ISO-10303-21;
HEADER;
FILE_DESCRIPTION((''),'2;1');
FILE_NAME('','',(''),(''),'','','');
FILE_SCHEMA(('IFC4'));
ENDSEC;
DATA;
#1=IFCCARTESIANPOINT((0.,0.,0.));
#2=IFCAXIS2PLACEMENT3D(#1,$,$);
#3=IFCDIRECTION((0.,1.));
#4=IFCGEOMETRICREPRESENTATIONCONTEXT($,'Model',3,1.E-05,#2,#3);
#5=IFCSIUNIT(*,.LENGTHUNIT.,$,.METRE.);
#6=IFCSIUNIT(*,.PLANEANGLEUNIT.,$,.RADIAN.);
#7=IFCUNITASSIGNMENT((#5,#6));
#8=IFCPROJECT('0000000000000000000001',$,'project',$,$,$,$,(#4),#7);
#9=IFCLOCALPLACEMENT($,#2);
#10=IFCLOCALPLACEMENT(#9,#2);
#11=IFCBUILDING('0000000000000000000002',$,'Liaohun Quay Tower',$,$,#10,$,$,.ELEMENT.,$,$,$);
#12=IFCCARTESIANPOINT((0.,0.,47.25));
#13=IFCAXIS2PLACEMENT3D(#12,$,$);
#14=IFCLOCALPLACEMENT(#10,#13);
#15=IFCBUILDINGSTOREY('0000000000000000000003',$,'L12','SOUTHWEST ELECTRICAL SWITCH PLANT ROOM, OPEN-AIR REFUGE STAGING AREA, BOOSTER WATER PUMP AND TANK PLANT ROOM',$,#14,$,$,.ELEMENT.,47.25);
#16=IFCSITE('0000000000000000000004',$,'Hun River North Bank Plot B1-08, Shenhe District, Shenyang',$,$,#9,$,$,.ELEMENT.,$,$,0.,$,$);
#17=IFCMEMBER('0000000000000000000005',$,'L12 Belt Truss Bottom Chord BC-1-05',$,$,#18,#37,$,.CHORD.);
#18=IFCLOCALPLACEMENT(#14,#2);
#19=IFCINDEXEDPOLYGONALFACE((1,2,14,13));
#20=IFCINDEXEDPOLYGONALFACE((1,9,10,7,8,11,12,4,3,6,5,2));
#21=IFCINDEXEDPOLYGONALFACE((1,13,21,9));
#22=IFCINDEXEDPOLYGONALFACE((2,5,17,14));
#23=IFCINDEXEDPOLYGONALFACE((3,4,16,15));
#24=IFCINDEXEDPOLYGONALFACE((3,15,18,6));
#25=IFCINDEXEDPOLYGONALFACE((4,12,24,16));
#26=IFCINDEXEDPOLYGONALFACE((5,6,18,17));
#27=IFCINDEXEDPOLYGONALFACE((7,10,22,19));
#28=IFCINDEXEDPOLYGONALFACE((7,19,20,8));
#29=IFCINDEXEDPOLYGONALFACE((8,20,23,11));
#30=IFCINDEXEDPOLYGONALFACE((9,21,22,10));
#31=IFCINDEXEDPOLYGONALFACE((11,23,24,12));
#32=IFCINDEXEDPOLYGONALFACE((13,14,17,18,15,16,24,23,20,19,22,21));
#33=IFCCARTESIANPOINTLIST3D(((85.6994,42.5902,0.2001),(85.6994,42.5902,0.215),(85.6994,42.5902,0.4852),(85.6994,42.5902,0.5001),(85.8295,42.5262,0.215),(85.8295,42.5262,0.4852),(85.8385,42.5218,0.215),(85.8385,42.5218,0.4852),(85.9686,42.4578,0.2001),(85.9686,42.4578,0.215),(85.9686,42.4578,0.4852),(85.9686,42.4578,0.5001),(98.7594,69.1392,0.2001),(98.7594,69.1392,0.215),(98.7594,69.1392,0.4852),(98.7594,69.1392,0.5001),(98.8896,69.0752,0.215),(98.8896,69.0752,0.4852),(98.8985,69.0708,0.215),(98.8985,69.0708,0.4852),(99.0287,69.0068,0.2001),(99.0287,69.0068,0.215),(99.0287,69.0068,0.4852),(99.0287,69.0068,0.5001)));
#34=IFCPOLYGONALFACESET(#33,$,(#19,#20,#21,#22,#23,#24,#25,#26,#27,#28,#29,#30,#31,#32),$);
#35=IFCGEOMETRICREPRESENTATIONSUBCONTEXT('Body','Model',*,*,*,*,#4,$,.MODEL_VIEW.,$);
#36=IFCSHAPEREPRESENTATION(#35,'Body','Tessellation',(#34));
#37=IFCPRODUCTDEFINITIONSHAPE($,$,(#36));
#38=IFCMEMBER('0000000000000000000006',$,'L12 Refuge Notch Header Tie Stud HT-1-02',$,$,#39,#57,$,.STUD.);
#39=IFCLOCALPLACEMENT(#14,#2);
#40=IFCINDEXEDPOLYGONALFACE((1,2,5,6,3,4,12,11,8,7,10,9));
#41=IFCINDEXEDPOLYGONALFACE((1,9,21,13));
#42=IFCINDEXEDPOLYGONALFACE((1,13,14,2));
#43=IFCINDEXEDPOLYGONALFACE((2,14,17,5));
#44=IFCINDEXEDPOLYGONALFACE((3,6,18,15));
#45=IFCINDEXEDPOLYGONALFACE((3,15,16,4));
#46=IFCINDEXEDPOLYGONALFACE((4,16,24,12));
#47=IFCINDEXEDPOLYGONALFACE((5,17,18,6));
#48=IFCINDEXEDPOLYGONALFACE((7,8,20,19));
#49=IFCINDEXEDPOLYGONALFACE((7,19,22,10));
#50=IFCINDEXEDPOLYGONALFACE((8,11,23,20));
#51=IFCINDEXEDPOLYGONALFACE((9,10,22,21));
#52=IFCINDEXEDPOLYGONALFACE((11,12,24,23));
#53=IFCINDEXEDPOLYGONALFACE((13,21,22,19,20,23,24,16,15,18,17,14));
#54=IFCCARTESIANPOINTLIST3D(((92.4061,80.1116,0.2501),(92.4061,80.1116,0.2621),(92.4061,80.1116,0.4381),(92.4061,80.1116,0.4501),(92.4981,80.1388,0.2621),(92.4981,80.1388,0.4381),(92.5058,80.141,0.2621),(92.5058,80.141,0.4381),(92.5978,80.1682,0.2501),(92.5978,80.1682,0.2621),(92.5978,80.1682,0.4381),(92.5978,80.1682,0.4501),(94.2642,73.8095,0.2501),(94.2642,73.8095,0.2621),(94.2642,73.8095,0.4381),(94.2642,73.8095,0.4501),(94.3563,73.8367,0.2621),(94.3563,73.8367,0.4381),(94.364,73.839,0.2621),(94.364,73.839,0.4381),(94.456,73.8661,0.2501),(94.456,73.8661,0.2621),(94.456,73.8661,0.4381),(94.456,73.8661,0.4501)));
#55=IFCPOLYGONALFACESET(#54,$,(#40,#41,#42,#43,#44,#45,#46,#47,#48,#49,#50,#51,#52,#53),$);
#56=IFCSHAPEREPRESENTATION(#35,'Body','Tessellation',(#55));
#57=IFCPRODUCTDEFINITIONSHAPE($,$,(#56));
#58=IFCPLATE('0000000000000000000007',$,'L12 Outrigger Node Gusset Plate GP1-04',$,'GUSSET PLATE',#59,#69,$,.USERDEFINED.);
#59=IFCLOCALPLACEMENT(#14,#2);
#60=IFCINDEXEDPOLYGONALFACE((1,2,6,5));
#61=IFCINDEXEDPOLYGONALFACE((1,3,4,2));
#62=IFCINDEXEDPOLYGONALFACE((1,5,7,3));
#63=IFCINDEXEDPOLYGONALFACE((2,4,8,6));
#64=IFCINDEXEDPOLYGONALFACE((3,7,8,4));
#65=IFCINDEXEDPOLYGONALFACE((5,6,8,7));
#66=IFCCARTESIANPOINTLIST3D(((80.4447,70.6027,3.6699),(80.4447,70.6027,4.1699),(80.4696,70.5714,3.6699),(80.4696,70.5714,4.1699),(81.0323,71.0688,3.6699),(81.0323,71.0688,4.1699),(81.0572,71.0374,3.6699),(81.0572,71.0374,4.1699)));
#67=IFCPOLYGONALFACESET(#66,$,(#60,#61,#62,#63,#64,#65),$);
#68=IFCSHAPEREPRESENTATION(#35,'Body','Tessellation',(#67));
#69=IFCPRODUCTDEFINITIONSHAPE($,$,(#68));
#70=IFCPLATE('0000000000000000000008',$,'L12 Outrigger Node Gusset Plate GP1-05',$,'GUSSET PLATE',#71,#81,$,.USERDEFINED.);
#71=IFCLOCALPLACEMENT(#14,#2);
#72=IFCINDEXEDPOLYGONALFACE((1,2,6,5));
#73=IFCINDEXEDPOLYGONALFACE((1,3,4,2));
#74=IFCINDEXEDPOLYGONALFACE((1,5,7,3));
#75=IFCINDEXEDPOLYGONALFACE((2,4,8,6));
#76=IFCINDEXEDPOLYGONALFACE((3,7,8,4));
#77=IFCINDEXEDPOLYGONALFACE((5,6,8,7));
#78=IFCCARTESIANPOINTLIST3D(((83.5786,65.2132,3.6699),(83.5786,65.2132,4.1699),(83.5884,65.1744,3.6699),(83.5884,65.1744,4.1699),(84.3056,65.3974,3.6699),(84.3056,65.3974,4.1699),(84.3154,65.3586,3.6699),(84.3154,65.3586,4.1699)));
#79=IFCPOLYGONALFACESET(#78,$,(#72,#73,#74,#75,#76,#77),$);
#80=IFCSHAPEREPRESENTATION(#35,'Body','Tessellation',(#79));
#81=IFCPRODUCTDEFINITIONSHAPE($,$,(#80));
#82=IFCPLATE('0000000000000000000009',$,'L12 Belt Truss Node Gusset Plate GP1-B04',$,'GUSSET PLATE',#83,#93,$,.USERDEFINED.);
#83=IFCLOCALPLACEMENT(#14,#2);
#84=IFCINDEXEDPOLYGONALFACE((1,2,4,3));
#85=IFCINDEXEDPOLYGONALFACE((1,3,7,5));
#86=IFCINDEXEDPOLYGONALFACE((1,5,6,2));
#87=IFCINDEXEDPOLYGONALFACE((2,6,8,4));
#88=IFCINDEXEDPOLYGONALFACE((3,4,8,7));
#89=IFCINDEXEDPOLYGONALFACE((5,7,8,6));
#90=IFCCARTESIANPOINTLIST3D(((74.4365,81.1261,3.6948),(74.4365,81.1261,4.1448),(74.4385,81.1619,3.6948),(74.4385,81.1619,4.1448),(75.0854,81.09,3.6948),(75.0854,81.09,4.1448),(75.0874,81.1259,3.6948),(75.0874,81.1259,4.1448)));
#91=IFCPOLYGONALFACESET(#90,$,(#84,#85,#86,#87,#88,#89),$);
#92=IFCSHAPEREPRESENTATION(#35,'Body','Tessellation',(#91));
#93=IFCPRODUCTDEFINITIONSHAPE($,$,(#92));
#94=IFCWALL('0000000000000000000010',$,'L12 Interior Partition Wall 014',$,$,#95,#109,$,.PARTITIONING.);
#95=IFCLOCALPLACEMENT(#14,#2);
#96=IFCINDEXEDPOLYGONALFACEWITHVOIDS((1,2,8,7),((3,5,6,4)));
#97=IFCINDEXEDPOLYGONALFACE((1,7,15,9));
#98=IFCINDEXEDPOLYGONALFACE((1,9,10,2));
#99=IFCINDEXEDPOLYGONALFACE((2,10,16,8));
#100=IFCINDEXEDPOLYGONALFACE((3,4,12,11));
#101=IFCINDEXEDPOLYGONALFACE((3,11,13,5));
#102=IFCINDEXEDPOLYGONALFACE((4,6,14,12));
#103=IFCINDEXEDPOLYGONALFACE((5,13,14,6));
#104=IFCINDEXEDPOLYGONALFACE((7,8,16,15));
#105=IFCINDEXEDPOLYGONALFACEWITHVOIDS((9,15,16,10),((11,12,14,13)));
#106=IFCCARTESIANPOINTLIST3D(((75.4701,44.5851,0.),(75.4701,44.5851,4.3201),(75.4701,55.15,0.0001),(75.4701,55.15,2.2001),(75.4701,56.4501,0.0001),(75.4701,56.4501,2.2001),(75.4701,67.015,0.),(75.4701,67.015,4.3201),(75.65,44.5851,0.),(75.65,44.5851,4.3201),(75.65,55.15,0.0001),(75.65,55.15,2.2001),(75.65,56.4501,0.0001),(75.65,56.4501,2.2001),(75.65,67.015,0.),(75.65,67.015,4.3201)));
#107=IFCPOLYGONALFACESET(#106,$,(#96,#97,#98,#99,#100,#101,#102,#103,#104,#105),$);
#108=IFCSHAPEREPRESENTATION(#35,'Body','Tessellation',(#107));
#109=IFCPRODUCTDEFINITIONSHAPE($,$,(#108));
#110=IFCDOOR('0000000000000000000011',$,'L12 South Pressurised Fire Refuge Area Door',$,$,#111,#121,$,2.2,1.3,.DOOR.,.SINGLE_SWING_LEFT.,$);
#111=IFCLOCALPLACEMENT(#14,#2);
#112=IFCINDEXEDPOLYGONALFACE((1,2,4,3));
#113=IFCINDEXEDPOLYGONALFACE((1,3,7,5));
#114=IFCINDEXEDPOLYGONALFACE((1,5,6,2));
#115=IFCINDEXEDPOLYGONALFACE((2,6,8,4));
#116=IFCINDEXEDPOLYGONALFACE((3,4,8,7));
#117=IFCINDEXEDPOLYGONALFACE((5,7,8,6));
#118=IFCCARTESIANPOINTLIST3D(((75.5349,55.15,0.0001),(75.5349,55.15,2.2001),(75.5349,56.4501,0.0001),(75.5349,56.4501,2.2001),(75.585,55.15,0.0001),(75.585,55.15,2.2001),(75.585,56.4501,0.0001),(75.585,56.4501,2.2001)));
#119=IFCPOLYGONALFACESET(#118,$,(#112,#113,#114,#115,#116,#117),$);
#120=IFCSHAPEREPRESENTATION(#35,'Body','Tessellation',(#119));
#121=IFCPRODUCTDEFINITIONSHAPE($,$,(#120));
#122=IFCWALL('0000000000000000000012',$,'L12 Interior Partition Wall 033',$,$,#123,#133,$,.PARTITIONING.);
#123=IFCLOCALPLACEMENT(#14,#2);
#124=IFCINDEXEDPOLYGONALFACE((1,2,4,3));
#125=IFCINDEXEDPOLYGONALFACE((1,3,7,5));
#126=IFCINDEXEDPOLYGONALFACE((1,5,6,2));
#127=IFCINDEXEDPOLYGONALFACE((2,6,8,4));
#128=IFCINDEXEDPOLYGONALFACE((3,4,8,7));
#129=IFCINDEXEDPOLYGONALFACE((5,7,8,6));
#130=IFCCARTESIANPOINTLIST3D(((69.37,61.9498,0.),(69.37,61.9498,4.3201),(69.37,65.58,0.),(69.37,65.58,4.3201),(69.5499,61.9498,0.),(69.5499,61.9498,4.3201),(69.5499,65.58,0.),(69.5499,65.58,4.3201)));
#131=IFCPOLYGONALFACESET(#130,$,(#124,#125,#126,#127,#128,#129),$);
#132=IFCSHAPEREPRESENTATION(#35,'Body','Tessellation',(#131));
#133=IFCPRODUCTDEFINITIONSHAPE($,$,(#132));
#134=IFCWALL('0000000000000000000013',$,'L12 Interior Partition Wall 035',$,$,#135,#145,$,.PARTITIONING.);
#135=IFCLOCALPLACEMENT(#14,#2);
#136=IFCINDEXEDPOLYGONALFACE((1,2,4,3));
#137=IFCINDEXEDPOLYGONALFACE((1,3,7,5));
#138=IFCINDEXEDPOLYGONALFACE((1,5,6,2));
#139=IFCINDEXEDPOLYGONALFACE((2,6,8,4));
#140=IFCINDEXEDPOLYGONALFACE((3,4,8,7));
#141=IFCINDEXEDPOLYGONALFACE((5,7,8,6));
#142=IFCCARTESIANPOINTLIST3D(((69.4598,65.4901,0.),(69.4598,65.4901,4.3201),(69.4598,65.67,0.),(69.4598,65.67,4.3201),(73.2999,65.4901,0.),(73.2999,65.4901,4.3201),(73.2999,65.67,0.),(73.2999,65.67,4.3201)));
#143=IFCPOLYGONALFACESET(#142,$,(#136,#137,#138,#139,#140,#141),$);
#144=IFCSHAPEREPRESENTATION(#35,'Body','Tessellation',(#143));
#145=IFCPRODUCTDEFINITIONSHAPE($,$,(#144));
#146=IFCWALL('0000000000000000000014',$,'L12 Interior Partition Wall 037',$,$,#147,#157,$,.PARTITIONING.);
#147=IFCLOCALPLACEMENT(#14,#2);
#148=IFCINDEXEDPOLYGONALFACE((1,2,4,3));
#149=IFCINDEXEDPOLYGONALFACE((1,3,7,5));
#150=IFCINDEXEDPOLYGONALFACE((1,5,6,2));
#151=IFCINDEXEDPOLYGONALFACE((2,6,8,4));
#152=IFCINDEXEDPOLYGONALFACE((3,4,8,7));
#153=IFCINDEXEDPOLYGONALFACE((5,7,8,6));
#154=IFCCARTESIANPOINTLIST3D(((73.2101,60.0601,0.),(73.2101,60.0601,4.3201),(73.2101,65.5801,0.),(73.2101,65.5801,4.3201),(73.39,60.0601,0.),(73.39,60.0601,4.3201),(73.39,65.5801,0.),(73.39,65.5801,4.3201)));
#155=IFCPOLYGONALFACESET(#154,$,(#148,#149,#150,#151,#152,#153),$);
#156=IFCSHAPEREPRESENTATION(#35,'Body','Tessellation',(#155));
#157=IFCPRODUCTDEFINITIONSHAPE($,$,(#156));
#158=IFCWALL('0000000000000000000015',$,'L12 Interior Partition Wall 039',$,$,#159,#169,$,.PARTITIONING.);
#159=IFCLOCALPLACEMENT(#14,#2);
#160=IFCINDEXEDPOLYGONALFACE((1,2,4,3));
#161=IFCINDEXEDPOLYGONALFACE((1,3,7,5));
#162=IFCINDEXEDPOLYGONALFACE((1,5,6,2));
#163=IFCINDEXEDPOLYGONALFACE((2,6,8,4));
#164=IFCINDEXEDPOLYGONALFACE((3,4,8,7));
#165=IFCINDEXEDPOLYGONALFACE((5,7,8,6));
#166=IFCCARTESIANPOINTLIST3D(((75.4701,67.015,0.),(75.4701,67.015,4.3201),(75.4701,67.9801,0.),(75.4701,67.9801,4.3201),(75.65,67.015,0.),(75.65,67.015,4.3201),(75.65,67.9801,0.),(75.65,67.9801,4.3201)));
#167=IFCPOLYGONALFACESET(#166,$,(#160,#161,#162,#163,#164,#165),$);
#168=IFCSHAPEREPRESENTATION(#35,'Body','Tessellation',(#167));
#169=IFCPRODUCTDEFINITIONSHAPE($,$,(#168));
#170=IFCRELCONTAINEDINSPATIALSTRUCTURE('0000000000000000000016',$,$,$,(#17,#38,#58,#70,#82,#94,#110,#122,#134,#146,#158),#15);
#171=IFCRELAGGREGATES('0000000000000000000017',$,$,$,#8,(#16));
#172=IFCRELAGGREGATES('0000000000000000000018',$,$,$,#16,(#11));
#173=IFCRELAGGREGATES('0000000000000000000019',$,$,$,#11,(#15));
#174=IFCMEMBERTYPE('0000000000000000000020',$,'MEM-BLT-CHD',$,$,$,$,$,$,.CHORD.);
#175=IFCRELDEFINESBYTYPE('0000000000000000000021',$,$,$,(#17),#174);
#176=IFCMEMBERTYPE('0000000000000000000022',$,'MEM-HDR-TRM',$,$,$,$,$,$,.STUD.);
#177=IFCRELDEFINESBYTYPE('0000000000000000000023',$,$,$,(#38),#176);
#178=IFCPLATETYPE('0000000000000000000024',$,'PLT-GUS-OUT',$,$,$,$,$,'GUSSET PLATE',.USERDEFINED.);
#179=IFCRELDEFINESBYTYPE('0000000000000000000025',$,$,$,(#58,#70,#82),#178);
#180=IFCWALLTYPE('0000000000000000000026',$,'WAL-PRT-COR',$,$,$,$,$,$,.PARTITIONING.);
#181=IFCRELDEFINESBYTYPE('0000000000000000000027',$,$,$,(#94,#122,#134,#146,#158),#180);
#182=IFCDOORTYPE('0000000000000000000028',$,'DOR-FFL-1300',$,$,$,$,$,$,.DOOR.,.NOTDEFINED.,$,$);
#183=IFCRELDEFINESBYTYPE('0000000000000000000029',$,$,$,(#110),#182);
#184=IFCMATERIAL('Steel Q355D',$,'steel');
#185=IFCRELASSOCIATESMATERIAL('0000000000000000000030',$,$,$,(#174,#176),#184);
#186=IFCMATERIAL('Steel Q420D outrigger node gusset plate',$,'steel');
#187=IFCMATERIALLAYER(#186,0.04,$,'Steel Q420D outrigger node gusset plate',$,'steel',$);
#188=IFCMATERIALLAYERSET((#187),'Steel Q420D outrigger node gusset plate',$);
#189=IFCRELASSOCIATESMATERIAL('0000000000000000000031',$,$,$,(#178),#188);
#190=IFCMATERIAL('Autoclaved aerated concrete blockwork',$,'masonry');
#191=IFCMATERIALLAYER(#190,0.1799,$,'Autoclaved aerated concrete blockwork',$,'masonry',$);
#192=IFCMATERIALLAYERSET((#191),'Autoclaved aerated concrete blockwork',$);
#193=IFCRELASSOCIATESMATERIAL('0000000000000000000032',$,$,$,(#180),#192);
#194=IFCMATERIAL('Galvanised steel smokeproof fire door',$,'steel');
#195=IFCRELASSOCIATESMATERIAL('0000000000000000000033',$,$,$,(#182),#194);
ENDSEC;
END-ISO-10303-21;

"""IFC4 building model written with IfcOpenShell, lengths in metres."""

from ifc_helpers import new_model, si_unit, direction, frame, frame_2d, origin, origin_2d, place, context, subcontext, project, spatial, rectangle, i_section, extrude, source, transform, mapped, material, layer, layer_set, material_profile, profile_set, type_object, element, fill, save


model = new_model("IFC4")

# Units and contexts
model_context = context("Model", 3, precision=1e-05, world=origin(), true_north=direction((0.0, 1.0)))
body_context = subcontext(model_context, "Body", "Model", "MODEL_VIEW")
ifc_project = project(units=[si_unit("LENGTHUNIT", "METRE"), si_unit("PLANEANGLEUNIT", "RADIAN")], contexts=[model_context])

# Site, building, storey
site_placement = place(None, origin())
site = spatial("IfcSite", under=ifc_project, at=site_placement, Name="Hun River North Bank Plot B1-08, Shenhe District, Shenyang", CompositionType="ELEMENT", RefElevation=0.0)
building_placement = place(site_placement, origin())
building = spatial("IfcBuilding", under=site, at=building_placement, Name="Liaohun Quay Tower", CompositionType="ELEMENT")
storey_placement = place(building_placement, frame((0.0, 0.0, 47.25)))
storey = spatial("IfcBuildingStorey", under=building, at=storey_placement, Name="L12", Description="SOUTHWEST ELECTRICAL SWITCH PLANT ROOM, OPEN-AIR REFUGE STAGING AREA, BOOSTER WATER PUMP AND TANK PLANT ROOM", CompositionType="ELEMENT", Elevation=47.25)

# Shared definitions
ifc_material_1 = material(Name="Steel Q355D", Category="steel")

# Members
ifc_material_profile_1 = material_profile(ifc_material_1, i_section(OverallWidth=0.3, OverallDepth=0.3, WebThickness=0.01, FlangeThickness=0.0149, at=origin_2d()), Name="HW300x300x10x15")
ifc_profile_set_1 = profile_set([ifc_material_profile_1], Name="Steel Q355D")
member_type_1 = type_object("IfcMemberType", Name="MEM-BLT-CHD", PredefinedType="CHORD", material=ifc_profile_set_1)
shared_shape_1 = source(origin(), body_context, "Body", "SweptSolid", [
    extrude(i_section(OverallWidth=0.3, OverallDepth=0.3, WebThickness=0.01, FlangeThickness=0.0149, at=origin_2d()), origin(), (0.0, 0.0, 1.0), 29.5874),
])
member_1_placement = place(storey_placement, frame((98.894, 69.073, 0.3501), z_axis=(-0.441405, -0.897308, 0.0), x_axis=(0.897308, -0.441405, 0.0)))
element("IfcMember", 1, at=member_1_placement, inside=storey, type_object=member_type_1, Name="L12 Belt Truss Bottom Chord BC-1-05", PredefinedType="CHORD", context=body_context, shape_type="MappedRepresentation", body=[
    mapped(shared_shape_1, transform((0.0, 0.0, 0.0), x_axis=(1.0, 0.0, 0.0), y_axis=(0.0, 1.0, 0.0), z_axis=(0.0, 0.0, 1.0), scale=1.0)),
])
ifc_material_profile_2 = material_profile(ifc_material_1, i_section(OverallWidth=0.2, OverallDepth=0.2, WebThickness=0.0081, FlangeThickness=0.012, at=origin_2d()), Name="HW200x200x8x12")
ifc_profile_set_2 = profile_set([ifc_material_profile_2], Name="Steel Q355D")
member_type_2 = type_object("IfcMemberType", Name="MEM-HDR-TRM", PredefinedType="STUD", material=ifc_profile_set_2)
shared_shape_2 = source(origin(), body_context, "Body", "SweptSolid", [
    extrude(i_section(OverallWidth=0.2, OverallDepth=0.2, WebThickness=0.0081, FlangeThickness=0.012, at=origin_2d()), origin(), (0.0, 0.0, 1.0), 6.5703),
])
member_2_placement = place(storey_placement, frame((92.502, 80.1399, 0.3501), z_axis=(0.282814, -0.959175, 0.0), x_axis=(0.959175, 0.282814, 0.0)))
element("IfcMember", 2, at=member_2_placement, inside=storey, type_object=member_type_2, Name="L12 Refuge Notch Header Tie Stud HT-1-02", PredefinedType="STUD", context=body_context, shape_type="MappedRepresentation", body=[
    mapped(shared_shape_2, transform((0.0, 0.0, 0.0), x_axis=(1.0, 0.0, 0.0), y_axis=(0.0, 1.0, 0.0), z_axis=(0.0, 0.0, 1.0), scale=1.0)),
])

# Plates
ifc_material_2 = material(Name="Steel Q420D outrigger node gusset plate", Category="steel")
ifc_layer_1 = layer(ifc_material_2, 0.04, Name="Steel Q420D outrigger node gusset plate", Category="steel")
ifc_layer_set_1 = layer_set([ifc_layer_1], Name="Steel Q420D outrigger node gusset plate")
plate_type = type_object("IfcPlateType", Name="PLT-GUS-OUT", ElementType="GUSSET PLATE", PredefinedType="USERDEFINED", material=ifc_layer_set_1)
shared_shape_3 = source(origin(), body_context, "Body", "SweptSolid", [
    extrude(rectangle(XDim=0.75, YDim=0.04, at=origin_2d()), origin(), (0.0, 0.0, 1.0), 0.5),
])
for number, where, z_axis, x_axis, name in (
    (3, (80.751, 70.8201, 3.6699), (0.0, 0.0, 1.0), (0.783477, 0.621421, 0.0), "L12 Outrigger Node Gusset Plate GP1-04"),
    (4, (83.947, 65.2859, 3.6699), (0.0, 0.0, 1.0), (0.96936, 0.245646, 0.0), "L12 Outrigger Node Gusset Plate GP1-05"),
):
    element("IfcPlate", number, at=place(storey_placement, frame(where, z_axis=z_axis, x_axis=x_axis)), inside=storey, type_object=plate_type, Name=name, ObjectType="GUSSET PLATE", PredefinedType="USERDEFINED", context=body_context, shape_type="MappedRepresentation", body=[
        mapped(shared_shape_3, transform((0.0, 0.0, 0.0), x_axis=(1.0, 0.0, 0.0), y_axis=(0.0, 1.0, 0.0), z_axis=(0.0, 0.0, 1.0), scale=1.0)),
    ])
shared_shape_4 = source(origin(), body_context, "Body", "SweptSolid", [
    extrude(rectangle(XDim=0.6499, YDim=0.0359, at=origin_2d()), origin(), (0.0, 0.0, 1.0), 0.45),
])
plate_placement = place(storey_placement, frame((74.762, 81.126, 3.6948), z_axis=(0.0, 0.0, 1.0), x_axis=(0.99846, -0.055473, 0.0)))
element("IfcPlate", 5, at=plate_placement, inside=storey, type_object=plate_type, Name="L12 Belt Truss Node Gusset Plate GP1-B04", ObjectType="GUSSET PLATE", PredefinedType="USERDEFINED", context=body_context, shape_type="MappedRepresentation", body=[
    mapped(shared_shape_4, transform((0.0, 0.0, 0.0), x_axis=(1.0, 0.0, 0.0), y_axis=(0.0, 1.0, 0.0), z_axis=(0.0, 0.0, 1.0), scale=1.0)),
])

# Wall, opening, door
ifc_material_3 = material(Name="Autoclaved aerated concrete blockwork", Category="masonry")
ifc_layer_2 = layer(ifc_material_3, 0.1799, Name="Autoclaved aerated concrete blockwork", Category="masonry")
ifc_layer_set_2 = layer_set([ifc_layer_2], Name="Autoclaved aerated concrete blockwork")
wall_type_1 = type_object("IfcWallType", Name="WAL-PRT-COR", PredefinedType="PARTITIONING", material=ifc_layer_set_2)
wall_1_placement = place(storey_placement, frame((75.5601, 67.0149, 0.0), z_axis=(0.0, 0.0, 1.0), x_axis=(0.0, -1.0, 0.0)))
wall_1 = element("IfcWall", 6, at=wall_1_placement, inside=storey, type_object=wall_type_1, Name="L12 Interior Partition Wall 014", PredefinedType="PARTITIONING", context=body_context, shape_type="SweptSolid", body=[
    extrude(rectangle(XDim=22.4299, YDim=0.1799, at=frame_2d((11.2148, 0.0))), origin(), (0.0, 0.0, 1.0), 4.3201),
])
shared_shape_5 = source(origin(), body_context, "Body", "SweptSolid", [
    extrude(rectangle(XDim=1.3, YDim=2.2, at=frame_2d((0.6499, 1.1001))), frame((0.0, 0.0999, 0.0), z_axis=(0.0, -1.0, 0.0), x_axis=(1.0, 0.0, 0.0)), (0.0, 0.0, 1.0), 0.2),
])
opening_placement = place(wall_1_placement, frame((10.5649, 0.0, 0.0)))
opening = element("IfcOpeningElement", 7, at=opening_placement, cuts=wall_1, PredefinedType="OPENING", context=body_context, shape_type="MappedRepresentation", body=[
    mapped(shared_shape_5, transform((0.0, 0.0, 0.0), x_axis=(1.0, 0.0, 0.0), y_axis=(0.0, 1.0, 0.0), z_axis=(0.0, 0.0, 1.0), scale=1.0)),
])
ifc_material_4 = material(Name="Galvanised steel smokeproof fire door", Category="steel")
door_type = type_object("IfcDoorType", Name="DOR-FFL-1300", OperationType="NOTDEFINED", PredefinedType="DOOR", material=ifc_material_4)
shared_shape_6 = source(origin(), body_context, "Body", "SweptSolid", [
    extrude(rectangle(XDim=1.3, YDim=2.2, at=frame_2d((0.6499, 1.1001))), frame((0.0, 0.0249, 0.0), z_axis=(0.0, -1.0, 0.0), x_axis=(1.0, 0.0, 0.0)), (0.0, 0.0, 1.0), 0.05),
])
door_placement = place(opening_placement, origin())
door = element("IfcDoor", 8, at=door_placement, inside=storey, type_object=door_type, Name="L12 South Pressurised Fire Refuge Area Door", OperationType="SINGLE_SWING_LEFT", OverallHeight=2.2, OverallWidth=1.3, PredefinedType="DOOR", context=body_context, shape_type="MappedRepresentation", body=[
    mapped(shared_shape_6, transform((0.0, 0.0, 0.0), x_axis=(1.0, 0.0, 0.0), y_axis=(0.0, 1.0, 0.0), z_axis=(0.0, 0.0, 1.0), scale=1.0)),
])
fill(opening, door)

# Walls
wall_2_placement = place(storey_placement, frame((69.46, 61.95, 0.0), z_axis=(0.0, 0.0, 1.0), x_axis=(0.0, 1.0, 0.0)))
element("IfcWall", 9, at=wall_2_placement, inside=storey, type_object=wall_type_1, Name="L12 Interior Partition Wall 033", PredefinedType="PARTITIONING", context=body_context, shape_type="SweptSolid", body=[
    extrude(rectangle(XDim=3.6301, YDim=0.1799, at=frame_2d((1.8149, 0.0))), origin(), (0.0, 0.0, 1.0), 4.3201),
])
wall_3_placement = place(storey_placement, frame((69.46, 65.5801, 0.0), z_axis=(0.0, 0.0, 1.0), x_axis=(1.0, 0.0, 0.0)))
element("IfcWall", 10, at=wall_3_placement, inside=storey, type_object=wall_type_1, Name="L12 Interior Partition Wall 035", PredefinedType="PARTITIONING", context=body_context, shape_type="SweptSolid", body=[
    extrude(rectangle(XDim=3.8401, YDim=0.1799, at=frame_2d((1.9199, 0.0))), origin(), (0.0, 0.0, 1.0), 4.3201),
])
wall_4_placement = place(storey_placement, frame((73.3, 60.0601, 0.0), z_axis=(0.0, 0.0, 1.0), x_axis=(0.0, 1.0, 0.0)))
element("IfcWall", 11, at=wall_4_placement, inside=storey, type_object=wall_type_1, Name="L12 Interior Partition Wall 037", PredefinedType="PARTITIONING", context=body_context, shape_type="SweptSolid", body=[
    extrude(rectangle(XDim=5.52, YDim=0.1799, at=frame_2d((2.76, 0.0))), origin(), (0.0, 0.0, 1.0), 4.3201),
])
wall_5_placement = place(storey_placement, frame((75.5601, 67.98, 0.0), z_axis=(0.0, 0.0, 1.0), x_axis=(0.0, -1.0, 0.0)))
element("IfcWall", 12, at=wall_5_placement, inside=storey, type_object=wall_type_1, Name="L12 Interior Partition Wall 039", PredefinedType="PARTITIONING", context=body_context, shape_type="SweptSolid", body=[
    extrude(rectangle(XDim=0.9651, YDim=0.1799, at=frame_2d((0.4824, 0.0))), origin(), (0.0, 0.0, 1.0), 4.3201),
])

save(model, "model.ifc")
